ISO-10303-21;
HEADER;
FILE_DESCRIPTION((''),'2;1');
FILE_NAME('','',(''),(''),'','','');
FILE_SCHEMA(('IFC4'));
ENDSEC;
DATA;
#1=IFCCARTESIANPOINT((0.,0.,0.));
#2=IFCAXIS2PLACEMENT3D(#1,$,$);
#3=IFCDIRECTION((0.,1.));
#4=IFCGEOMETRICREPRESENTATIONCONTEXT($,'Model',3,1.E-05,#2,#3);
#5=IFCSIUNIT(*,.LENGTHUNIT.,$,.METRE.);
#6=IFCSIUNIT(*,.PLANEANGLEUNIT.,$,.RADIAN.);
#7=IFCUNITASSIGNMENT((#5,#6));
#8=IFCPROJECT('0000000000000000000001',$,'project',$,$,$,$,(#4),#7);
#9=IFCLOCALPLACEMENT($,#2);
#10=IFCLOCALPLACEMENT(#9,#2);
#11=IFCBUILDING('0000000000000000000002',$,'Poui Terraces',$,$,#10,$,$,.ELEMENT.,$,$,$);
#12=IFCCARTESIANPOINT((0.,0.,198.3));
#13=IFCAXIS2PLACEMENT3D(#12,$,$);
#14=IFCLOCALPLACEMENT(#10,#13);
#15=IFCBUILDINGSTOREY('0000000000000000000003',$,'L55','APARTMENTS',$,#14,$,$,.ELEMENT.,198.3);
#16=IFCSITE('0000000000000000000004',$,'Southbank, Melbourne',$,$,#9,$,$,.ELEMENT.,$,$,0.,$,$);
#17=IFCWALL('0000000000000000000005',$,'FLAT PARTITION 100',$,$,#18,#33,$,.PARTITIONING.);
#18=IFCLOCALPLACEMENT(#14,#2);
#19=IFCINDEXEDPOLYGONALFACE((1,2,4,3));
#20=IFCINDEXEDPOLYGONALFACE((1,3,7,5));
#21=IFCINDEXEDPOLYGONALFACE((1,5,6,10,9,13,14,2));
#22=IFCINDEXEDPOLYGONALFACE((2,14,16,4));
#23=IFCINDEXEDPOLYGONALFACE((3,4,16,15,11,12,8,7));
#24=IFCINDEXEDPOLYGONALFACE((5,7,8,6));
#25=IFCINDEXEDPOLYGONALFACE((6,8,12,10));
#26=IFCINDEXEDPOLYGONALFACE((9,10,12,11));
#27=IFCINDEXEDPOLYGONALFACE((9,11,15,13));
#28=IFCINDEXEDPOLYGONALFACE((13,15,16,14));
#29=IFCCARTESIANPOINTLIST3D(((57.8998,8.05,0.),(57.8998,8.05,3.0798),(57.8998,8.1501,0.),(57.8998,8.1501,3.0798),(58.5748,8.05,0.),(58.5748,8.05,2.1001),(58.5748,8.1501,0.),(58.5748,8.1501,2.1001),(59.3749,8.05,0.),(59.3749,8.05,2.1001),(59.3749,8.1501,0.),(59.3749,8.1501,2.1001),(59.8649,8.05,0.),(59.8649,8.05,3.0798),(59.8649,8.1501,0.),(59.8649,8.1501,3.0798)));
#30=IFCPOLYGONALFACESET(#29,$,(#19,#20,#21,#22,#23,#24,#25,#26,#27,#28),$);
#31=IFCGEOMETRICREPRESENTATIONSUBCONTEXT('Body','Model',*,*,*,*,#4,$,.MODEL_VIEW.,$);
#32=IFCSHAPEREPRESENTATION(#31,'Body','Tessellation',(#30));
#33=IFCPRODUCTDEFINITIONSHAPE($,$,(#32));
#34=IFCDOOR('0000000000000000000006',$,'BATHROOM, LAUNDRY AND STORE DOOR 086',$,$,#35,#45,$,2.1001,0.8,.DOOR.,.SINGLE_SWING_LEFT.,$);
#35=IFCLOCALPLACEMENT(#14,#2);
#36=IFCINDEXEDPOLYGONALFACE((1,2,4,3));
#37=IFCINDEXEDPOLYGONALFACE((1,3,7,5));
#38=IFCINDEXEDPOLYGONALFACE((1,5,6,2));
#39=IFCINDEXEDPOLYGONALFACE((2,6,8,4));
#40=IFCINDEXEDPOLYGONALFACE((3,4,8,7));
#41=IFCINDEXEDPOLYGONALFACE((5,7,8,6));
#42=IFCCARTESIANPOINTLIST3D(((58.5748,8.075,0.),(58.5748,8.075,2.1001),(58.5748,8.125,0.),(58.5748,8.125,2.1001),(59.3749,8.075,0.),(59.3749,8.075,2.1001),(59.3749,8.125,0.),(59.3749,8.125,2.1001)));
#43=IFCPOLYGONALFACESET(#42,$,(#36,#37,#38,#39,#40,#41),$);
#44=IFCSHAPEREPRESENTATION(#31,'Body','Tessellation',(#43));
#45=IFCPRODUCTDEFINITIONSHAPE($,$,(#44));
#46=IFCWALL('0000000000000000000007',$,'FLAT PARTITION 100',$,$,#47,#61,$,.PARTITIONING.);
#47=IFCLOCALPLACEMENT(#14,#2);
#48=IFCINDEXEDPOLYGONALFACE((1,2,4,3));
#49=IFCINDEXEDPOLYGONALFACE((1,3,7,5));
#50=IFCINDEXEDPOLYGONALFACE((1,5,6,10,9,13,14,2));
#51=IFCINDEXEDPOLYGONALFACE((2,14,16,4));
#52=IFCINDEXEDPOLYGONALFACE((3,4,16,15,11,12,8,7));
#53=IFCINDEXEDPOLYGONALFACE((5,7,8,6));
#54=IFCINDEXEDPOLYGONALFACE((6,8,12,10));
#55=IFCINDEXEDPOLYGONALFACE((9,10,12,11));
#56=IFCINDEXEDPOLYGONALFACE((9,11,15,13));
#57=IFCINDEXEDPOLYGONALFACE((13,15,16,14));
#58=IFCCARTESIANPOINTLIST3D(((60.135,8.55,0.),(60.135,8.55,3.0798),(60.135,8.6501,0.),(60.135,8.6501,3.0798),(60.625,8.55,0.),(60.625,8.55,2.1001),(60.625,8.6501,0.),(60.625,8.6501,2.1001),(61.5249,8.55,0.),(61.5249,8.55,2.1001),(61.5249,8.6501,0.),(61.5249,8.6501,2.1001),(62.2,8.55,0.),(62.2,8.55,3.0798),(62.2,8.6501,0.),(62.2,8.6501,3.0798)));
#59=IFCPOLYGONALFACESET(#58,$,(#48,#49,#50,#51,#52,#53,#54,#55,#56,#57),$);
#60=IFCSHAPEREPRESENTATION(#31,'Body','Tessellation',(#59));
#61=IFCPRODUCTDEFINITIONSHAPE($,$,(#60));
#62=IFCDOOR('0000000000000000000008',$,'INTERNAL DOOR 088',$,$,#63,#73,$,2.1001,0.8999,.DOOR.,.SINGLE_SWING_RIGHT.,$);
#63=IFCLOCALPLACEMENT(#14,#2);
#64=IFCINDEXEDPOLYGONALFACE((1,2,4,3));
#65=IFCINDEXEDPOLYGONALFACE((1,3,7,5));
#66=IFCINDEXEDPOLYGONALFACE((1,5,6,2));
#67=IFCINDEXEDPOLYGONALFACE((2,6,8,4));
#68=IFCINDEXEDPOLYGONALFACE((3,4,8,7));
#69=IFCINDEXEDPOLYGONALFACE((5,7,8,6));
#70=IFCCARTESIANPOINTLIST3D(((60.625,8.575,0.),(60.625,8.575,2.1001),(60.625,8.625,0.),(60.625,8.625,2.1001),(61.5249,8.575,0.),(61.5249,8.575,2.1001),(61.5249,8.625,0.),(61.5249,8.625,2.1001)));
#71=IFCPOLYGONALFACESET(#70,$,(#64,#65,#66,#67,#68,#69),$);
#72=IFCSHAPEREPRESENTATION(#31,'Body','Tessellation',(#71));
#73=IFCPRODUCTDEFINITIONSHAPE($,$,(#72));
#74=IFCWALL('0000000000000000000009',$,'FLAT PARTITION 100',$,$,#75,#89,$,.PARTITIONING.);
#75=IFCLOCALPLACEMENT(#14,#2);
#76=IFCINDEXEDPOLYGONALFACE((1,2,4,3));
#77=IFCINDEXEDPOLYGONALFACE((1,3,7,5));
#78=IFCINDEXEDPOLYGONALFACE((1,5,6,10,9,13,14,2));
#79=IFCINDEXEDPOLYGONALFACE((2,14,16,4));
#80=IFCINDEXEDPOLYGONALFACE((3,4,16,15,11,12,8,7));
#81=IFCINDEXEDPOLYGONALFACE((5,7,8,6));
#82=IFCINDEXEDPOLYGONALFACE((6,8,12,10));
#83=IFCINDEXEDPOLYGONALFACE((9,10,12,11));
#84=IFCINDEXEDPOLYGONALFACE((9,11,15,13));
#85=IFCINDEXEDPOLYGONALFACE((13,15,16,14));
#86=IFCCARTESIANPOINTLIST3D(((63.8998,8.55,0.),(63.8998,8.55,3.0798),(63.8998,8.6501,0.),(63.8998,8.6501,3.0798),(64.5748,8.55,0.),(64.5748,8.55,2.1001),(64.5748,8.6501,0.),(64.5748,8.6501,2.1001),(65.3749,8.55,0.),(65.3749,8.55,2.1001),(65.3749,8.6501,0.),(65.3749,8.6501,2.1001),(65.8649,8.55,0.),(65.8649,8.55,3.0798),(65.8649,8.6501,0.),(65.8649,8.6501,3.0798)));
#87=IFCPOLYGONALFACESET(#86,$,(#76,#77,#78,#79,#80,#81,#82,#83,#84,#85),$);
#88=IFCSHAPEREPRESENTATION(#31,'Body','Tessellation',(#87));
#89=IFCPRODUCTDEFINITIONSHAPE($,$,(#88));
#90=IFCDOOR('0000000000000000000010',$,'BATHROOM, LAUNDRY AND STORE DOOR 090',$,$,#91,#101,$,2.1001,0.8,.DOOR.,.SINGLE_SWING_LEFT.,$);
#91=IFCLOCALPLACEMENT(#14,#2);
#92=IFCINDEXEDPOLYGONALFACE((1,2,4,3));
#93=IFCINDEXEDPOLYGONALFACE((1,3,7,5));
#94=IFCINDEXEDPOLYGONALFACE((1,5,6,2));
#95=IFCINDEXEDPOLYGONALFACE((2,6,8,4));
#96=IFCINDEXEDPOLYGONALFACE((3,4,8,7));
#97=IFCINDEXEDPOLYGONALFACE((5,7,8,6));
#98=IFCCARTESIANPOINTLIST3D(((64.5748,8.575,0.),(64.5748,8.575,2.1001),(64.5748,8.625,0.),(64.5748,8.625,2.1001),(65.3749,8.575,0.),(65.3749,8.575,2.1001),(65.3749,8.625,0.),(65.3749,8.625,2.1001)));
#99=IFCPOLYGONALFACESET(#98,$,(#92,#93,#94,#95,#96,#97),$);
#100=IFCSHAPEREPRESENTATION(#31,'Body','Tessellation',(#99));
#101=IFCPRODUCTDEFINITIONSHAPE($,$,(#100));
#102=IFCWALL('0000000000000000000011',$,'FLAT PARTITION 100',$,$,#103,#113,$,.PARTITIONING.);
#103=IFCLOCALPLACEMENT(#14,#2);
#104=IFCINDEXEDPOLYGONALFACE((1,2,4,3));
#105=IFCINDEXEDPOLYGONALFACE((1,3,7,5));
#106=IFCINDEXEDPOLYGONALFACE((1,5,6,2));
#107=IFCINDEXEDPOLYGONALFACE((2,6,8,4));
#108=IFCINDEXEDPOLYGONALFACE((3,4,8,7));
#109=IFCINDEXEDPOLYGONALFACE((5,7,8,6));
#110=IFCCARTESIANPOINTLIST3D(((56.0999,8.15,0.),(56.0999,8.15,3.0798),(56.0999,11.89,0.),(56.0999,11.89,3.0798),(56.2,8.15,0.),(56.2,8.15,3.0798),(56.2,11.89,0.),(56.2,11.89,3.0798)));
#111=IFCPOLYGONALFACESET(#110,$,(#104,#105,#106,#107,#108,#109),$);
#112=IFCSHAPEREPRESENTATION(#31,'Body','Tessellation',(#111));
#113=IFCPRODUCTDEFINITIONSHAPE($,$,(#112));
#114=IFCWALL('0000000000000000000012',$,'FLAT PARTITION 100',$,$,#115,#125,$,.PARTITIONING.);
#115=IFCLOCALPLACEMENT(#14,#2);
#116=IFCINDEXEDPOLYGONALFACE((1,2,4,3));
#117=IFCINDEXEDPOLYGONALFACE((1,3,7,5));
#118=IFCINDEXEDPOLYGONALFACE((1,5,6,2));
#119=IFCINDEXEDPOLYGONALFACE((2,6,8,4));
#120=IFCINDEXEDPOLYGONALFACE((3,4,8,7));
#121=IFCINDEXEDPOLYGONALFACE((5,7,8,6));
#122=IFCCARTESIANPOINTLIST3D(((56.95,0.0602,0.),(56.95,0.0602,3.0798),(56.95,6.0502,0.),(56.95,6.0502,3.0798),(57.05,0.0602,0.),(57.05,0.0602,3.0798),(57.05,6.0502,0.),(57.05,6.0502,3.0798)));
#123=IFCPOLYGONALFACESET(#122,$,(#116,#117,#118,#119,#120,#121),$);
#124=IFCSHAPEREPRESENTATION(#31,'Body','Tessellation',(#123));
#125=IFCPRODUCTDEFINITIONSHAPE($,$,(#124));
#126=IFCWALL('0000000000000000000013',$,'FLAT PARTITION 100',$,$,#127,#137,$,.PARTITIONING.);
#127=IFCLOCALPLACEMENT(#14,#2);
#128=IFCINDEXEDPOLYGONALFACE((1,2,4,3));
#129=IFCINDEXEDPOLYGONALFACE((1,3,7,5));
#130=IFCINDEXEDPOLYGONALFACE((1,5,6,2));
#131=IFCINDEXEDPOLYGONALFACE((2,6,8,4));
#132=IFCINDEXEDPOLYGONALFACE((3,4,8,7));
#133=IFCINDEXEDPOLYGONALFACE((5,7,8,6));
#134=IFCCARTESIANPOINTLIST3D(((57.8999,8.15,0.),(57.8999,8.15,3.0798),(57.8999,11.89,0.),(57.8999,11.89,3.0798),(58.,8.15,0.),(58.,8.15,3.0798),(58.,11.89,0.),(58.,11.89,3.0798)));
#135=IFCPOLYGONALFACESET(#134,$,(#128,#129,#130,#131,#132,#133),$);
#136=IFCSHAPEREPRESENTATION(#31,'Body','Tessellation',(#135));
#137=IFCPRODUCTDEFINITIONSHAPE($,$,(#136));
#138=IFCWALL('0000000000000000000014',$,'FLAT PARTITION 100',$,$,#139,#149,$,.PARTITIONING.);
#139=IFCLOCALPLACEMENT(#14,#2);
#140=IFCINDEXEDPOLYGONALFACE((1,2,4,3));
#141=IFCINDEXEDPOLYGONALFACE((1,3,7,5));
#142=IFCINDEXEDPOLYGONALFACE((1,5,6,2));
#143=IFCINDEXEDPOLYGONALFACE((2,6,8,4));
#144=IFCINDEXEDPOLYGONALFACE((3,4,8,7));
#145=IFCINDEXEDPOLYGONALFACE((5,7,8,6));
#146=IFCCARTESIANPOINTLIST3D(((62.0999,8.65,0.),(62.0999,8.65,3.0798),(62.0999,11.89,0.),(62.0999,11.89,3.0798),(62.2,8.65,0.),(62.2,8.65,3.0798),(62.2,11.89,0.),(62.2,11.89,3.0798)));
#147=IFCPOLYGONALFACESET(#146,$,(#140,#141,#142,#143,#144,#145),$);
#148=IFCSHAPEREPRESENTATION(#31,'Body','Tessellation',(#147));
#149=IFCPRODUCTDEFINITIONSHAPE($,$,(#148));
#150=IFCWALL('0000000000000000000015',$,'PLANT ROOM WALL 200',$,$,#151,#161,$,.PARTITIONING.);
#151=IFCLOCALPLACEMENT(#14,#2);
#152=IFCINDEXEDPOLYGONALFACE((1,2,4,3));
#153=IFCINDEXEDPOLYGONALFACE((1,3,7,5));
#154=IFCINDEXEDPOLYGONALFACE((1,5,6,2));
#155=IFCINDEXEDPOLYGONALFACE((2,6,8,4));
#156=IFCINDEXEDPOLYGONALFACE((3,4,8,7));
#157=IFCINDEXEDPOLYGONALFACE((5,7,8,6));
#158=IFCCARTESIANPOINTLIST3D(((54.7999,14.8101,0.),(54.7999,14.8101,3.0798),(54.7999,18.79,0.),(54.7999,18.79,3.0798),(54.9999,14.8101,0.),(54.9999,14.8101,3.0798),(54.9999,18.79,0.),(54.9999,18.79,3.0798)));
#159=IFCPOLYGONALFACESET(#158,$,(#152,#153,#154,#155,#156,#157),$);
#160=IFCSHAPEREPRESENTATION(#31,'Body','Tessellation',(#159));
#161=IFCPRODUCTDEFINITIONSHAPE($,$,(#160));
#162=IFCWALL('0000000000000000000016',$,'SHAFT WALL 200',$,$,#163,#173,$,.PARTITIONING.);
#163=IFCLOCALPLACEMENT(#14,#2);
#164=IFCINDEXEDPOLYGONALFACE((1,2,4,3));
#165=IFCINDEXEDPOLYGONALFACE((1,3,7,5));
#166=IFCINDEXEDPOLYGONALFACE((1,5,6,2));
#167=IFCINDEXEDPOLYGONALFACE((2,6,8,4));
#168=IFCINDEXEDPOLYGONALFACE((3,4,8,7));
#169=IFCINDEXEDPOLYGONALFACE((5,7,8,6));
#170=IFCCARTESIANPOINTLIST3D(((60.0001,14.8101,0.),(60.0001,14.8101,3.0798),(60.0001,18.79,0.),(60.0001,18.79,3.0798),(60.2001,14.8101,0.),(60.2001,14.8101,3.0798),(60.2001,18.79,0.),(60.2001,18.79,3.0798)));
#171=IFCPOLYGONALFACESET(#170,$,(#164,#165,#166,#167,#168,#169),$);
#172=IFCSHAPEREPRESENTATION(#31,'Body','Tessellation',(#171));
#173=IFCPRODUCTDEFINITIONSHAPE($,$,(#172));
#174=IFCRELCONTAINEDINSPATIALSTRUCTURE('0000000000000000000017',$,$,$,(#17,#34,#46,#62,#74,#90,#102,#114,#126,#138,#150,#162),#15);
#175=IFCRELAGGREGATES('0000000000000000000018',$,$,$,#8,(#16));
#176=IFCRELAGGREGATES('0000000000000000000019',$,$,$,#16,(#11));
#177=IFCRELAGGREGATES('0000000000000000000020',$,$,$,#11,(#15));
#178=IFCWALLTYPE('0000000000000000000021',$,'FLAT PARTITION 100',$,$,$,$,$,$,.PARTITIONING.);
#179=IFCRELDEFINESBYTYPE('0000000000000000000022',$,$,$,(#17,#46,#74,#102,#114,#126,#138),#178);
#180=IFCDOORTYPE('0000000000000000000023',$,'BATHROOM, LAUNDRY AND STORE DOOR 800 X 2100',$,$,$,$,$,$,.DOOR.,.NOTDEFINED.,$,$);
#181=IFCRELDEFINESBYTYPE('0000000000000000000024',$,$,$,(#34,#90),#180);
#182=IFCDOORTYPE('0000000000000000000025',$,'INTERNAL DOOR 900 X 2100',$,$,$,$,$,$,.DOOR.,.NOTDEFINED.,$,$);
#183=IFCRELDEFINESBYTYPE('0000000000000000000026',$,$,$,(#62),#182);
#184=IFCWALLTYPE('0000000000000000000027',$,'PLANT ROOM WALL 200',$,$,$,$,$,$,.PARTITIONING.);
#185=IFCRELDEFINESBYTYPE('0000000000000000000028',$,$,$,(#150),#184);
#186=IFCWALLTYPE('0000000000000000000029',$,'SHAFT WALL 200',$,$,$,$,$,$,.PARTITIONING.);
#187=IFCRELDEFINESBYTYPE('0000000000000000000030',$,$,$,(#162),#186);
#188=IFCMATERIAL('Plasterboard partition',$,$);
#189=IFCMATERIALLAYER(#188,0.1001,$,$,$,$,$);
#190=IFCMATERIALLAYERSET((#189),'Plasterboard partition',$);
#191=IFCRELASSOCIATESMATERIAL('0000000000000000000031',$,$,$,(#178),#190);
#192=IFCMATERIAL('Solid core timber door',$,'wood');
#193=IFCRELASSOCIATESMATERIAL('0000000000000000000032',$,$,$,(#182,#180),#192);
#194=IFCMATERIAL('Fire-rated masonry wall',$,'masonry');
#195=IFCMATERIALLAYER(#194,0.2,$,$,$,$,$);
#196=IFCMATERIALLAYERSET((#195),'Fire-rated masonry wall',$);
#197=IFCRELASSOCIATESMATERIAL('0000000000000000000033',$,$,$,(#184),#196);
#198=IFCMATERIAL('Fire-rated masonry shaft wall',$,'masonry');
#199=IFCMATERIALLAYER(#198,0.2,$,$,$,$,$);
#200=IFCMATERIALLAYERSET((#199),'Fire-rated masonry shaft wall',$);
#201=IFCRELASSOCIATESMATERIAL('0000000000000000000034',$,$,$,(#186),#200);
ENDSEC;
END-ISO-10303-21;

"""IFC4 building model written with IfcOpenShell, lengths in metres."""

from ifc_helpers import new_model, si_unit, direction, frame, frame_2d, origin, place, context, subcontext, project, spatial, rectangle, extrude, material, layer, layer_set, type_object, element, fill, save


model = new_model("IFC4")

# Units and contexts
model_context = context("Model", 3, precision=1e-05, world=origin(), true_north=direction((0.0, 1.0)))
body_context = subcontext(model_context, "Body", "Model", "MODEL_VIEW")
ifc_project = project(units=[si_unit("LENGTHUNIT", "METRE"), si_unit("PLANEANGLEUNIT", "RADIAN")], contexts=[model_context])

# Site, building, storey
site_placement = place(None, origin())
site = spatial("IfcSite", under=ifc_project, at=site_placement, Name="Southbank, Melbourne", CompositionType="ELEMENT", RefElevation=0.0)
building_placement = place(site_placement, origin())
building = spatial("IfcBuilding", under=site, at=building_placement, Name="Poui Terraces", CompositionType="ELEMENT")
storey_placement = place(building_placement, frame((0.0, 0.0, 198.3)))
storey = spatial("IfcBuildingStorey", under=building, at=storey_placement, Name="L55", Description="APARTMENTS", CompositionType="ELEMENT", Elevation=198.3)

# Walls, openings, doors
ifc_material_1 = material(Name="Plasterboard partition")
ifc_layer_1 = layer(ifc_material_1, 0.1001)
ifc_layer_set_1 = layer_set([ifc_layer_1], Name="Plasterboard partition")
wall_type_1 = type_object("IfcWallType", Name="FLAT PARTITION 100", PredefinedType="PARTITIONING", material=ifc_layer_set_1)
ifc_material_2 = material(Name="Solid core timber door", Category="wood")
door_type_1 = type_object("IfcDoorType", Name="INTERNAL DOOR 900 X 2100", OperationType="NOTDEFINED", PredefinedType="DOOR", material=ifc_material_2)
wall_1_placement = place(storey_placement, frame((57.8999, 8.1001, 0.0), z_axis=(0.0, 0.0, 1.0), x_axis=(1.0, 0.0, 0.0)))
wall_1 = element("IfcWall", 1, at=wall_1_placement, inside=storey, type_object=wall_type_1, Name="FLAT PARTITION 100", PredefinedType="PARTITIONING", context=body_context, shape_type="SweptSolid", body=[
    extrude(rectangle(XDim=1.9651, YDim=0.1001, at=frame_2d((0.9824, 0.0))), origin(), (0.0, 0.0, 1.0), 3.0798),
])
opening_1_placement = place(wall_1_placement, frame((0.675, 0.0, 0.0)))
opening_1 = element("IfcOpeningElement", 2, at=opening_1_placement, cuts=wall_1, PredefinedType="OPENING", context=body_context, shape_type="SweptSolid", body=[
    extrude(rectangle(XDim=0.8, YDim=2.1001, at=frame_2d((0.3999, 1.05))), frame((0.0, 0.0601, 0.0), z_axis=(0.0, -1.0, 0.0), x_axis=(1.0, 0.0, 0.0)), (0.0, 0.0, 1.0), 0.1201),
])
door_type_2 = type_object("IfcDoorType", Name="BATHROOM, LAUNDRY AND STORE DOOR 800 X 2100", OperationType="NOTDEFINED", PredefinedType="DOOR", material=ifc_material_2)
door_1_placement = place(opening_1_placement, origin())
door_1 = element("IfcDoor", 3, at=door_1_placement, inside=storey, type_object=door_type_2, Name="BATHROOM, LAUNDRY AND STORE DOOR 086", OperationType="SINGLE_SWING_LEFT", OverallHeight=2.1001, OverallWidth=0.8, PredefinedType="DOOR", context=body_context, shape_type="SweptSolid", body=[
    extrude(rectangle(XDim=0.8, YDim=2.1001, at=frame_2d((0.3999, 1.05))), frame((0.0, 0.0249, 0.0), z_axis=(0.0, -1.0, 0.0), x_axis=(1.0, 0.0, 0.0)), (0.0, 0.0, 1.0), 0.05),
])
fill(opening_1, door_1)
wall_2_placement = place(storey_placement, frame((60.135, 8.6001, 0.0), z_axis=(0.0, 0.0, 1.0), x_axis=(1.0, 0.0, 0.0)))
wall_2 = element("IfcWall", 4, at=wall_2_placement, inside=storey, type_object=wall_type_1, Name="FLAT PARTITION 100", PredefinedType="PARTITIONING", context=body_context, shape_type="SweptSolid", body=[
    extrude(rectangle(XDim=2.0649, YDim=0.1001, at=frame_2d((1.0325, 0.0))), origin(), (0.0, 0.0, 1.0), 3.0798),
])
opening_2_placement = place(wall_2_placement, frame((0.49, 0.0, 0.0)))
opening_2 = element("IfcOpeningElement", 5, at=opening_2_placement, cuts=wall_2, PredefinedType="OPENING", context=body_context, shape_type="SweptSolid", body=[
    extrude(rectangle(XDim=0.8999, YDim=2.1001, at=frame_2d((0.45, 1.05))), frame((0.0, 0.0601, 0.0), z_axis=(0.0, -1.0, 0.0), x_axis=(1.0, 0.0, 0.0)), (0.0, 0.0, 1.0), 0.1201),
])
door_2_placement = place(opening_2_placement, origin())
door_2 = element("IfcDoor", 6, at=door_2_placement, inside=storey, type_object=door_type_1, Name="INTERNAL DOOR 088", OperationType="SINGLE_SWING_RIGHT", OverallHeight=2.1001, OverallWidth=0.8999, PredefinedType="DOOR", context=body_context, shape_type="SweptSolid", body=[
    extrude(rectangle(XDim=0.8999, YDim=2.1001, at=frame_2d((0.45, 1.05))), frame((0.0, 0.0249, 0.0), z_axis=(0.0, -1.0, 0.0), x_axis=(1.0, 0.0, 0.0)), (0.0, 0.0, 1.0), 0.05),
])
fill(opening_2, door_2)
wall_3_placement = place(storey_placement, frame((63.8999, 8.6001, 0.0), z_axis=(0.0, 0.0, 1.0), x_axis=(1.0, 0.0, 0.0)))
wall_3 = element("IfcWall", 7, at=wall_3_placement, inside=storey, type_object=wall_type_1, Name="FLAT PARTITION 100", PredefinedType="PARTITIONING", context=body_context, shape_type="SweptSolid", body=[
    extrude(rectangle(XDim=1.9651, YDim=0.1001, at=frame_2d((0.9824, 0.0))), origin(), (0.0, 0.0, 1.0), 3.0798),
])
opening_3_placement = place(wall_3_placement, frame((0.675, 0.0, 0.0)))
opening_3 = element("IfcOpeningElement", 8, at=opening_3_placement, cuts=wall_3, PredefinedType="OPENING", context=body_context, shape_type="SweptSolid", body=[
    extrude(rectangle(XDim=0.8, YDim=2.1001, at=frame_2d((0.3999, 1.05))), frame((0.0, 0.0601, 0.0), z_axis=(0.0, -1.0, 0.0), x_axis=(1.0, 0.0, 0.0)), (0.0, 0.0, 1.0), 0.1201),
])
door_3_placement = place(opening_3_placement, origin())
door_3 = element("IfcDoor", 9, at=door_3_placement, inside=storey, type_object=door_type_2, Name="BATHROOM, LAUNDRY AND STORE DOOR 090", OperationType="SINGLE_SWING_LEFT", OverallHeight=2.1001, OverallWidth=0.8, PredefinedType="DOOR", context=body_context, shape_type="SweptSolid", body=[
    extrude(rectangle(XDim=0.8, YDim=2.1001, at=frame_2d((0.3999, 1.05))), frame((0.0, 0.0249, 0.0), z_axis=(0.0, -1.0, 0.0), x_axis=(1.0, 0.0, 0.0)), (0.0, 0.0, 1.0), 0.05),
])
fill(opening_3, door_3)

# Walls
wall_4_placement = place(storey_placement, frame((56.1499, 8.1499, 0.0), z_axis=(0.0, 0.0, 1.0), x_axis=(0.0, 1.0, 0.0)))
element("IfcWall", 10, at=wall_4_placement, inside=storey, type_object=wall_type_1, Name="FLAT PARTITION 100", PredefinedType="PARTITIONING", context=body_context, shape_type="SweptSolid", body=[
    extrude(rectangle(XDim=3.74, YDim=0.1001, at=frame_2d((1.8701, 0.0))), origin(), (0.0, 0.0, 1.0), 3.0798),
])
wall_5_placement = place(storey_placement, frame((57.0, 0.0601, 0.0), z_axis=(0.0, 0.0, 1.0), x_axis=(0.0, 1.0, 0.0)))
element("IfcWall", 11, at=wall_5_placement, inside=storey, type_object=wall_type_1, Name="FLAT PARTITION 100", PredefinedType="PARTITIONING", context=body_context, shape_type="SweptSolid", body=[
    extrude(rectangle(XDim=5.99, YDim=0.1001, at=frame_2d((2.9951, 0.0))), origin(), (0.0, 0.0, 1.0), 3.0798),
])
wall_6_placement = place(storey_placement, frame((57.95, 8.1499, 0.0), z_axis=(0.0, 0.0, 1.0), x_axis=(0.0, 1.0, 0.0)))
element("IfcWall", 12, at=wall_6_placement, inside=storey, type_object=wall_type_1, Name="FLAT PARTITION 100", PredefinedType="PARTITIONING", context=body_context, shape_type="SweptSolid", body=[
    extrude(rectangle(XDim=3.74, YDim=0.1001, at=frame_2d((1.8701, 0.0))), origin(), (0.0, 0.0, 1.0), 3.0798),
])
wall_7_placement = place(storey_placement, frame((62.1499, 8.6499, 0.0), z_axis=(0.0, 0.0, 1.0), x_axis=(0.0, 1.0, 0.0)))
element("IfcWall", 13, at=wall_7_placement, inside=storey, type_object=wall_type_1, Name="FLAT PARTITION 100", PredefinedType="PARTITIONING", context=body_context, shape_type="SweptSolid", body=[
    extrude(rectangle(XDim=3.24, YDim=0.1001, at=frame_2d((1.6201, 0.0))), origin(), (0.0, 0.0, 1.0), 3.0798),
])
ifc_material_3 = material(Name="Fire-rated masonry wall", Category="masonry")
ifc_layer_2 = layer(ifc_material_3, 0.2)
ifc_layer_set_2 = layer_set([ifc_layer_2], Name="Fire-rated masonry wall")
wall_type_2 = type_object("IfcWallType", Name="PLANT ROOM WALL 200", PredefinedType="PARTITIONING", material=ifc_layer_set_2)
wall_8_placement = place(storey_placement, frame((54.8999, 14.8101, 0.0), z_axis=(0.0, 0.0, 1.0), x_axis=(0.0, 1.0, 0.0)))
element("IfcWall", 14, at=wall_8_placement, inside=storey, type_object=wall_type_2, Name="PLANT ROOM WALL 200", PredefinedType="PARTITIONING", context=body_context, shape_type="SweptSolid", body=[
    extrude(rectangle(XDim=3.98, YDim=0.2, at=frame_2d((1.99, 0.0))), origin(), (0.0, 0.0, 1.0), 3.0798),
])
ifc_material_4 = material(Name="Fire-rated masonry shaft wall", Category="masonry")
ifc_layer_3 = layer(ifc_material_4, 0.2)
ifc_layer_set_3 = layer_set([ifc_layer_3], Name="Fire-rated masonry shaft wall")
wall_type_3 = type_object("IfcWallType", Name="SHAFT WALL 200", PredefinedType="PARTITIONING", material=ifc_layer_set_3)
wall_9_placement = place(storey_placement, frame((60.1001, 14.8101, 0.0), z_axis=(0.0, 0.0, 1.0), x_axis=(0.0, 1.0, 0.0)))
element("IfcWall", 15, at=wall_9_placement, inside=storey, type_object=wall_type_3, Name="SHAFT WALL 200", PredefinedType="PARTITIONING", context=body_context, shape_type="SweptSolid", body=[
    extrude(rectangle(XDim=3.98, YDim=0.2, at=frame_2d((1.99, 0.0))), origin(), (0.0, 0.0, 1.0), 3.0798),
])

save(model, "model.ifc")
